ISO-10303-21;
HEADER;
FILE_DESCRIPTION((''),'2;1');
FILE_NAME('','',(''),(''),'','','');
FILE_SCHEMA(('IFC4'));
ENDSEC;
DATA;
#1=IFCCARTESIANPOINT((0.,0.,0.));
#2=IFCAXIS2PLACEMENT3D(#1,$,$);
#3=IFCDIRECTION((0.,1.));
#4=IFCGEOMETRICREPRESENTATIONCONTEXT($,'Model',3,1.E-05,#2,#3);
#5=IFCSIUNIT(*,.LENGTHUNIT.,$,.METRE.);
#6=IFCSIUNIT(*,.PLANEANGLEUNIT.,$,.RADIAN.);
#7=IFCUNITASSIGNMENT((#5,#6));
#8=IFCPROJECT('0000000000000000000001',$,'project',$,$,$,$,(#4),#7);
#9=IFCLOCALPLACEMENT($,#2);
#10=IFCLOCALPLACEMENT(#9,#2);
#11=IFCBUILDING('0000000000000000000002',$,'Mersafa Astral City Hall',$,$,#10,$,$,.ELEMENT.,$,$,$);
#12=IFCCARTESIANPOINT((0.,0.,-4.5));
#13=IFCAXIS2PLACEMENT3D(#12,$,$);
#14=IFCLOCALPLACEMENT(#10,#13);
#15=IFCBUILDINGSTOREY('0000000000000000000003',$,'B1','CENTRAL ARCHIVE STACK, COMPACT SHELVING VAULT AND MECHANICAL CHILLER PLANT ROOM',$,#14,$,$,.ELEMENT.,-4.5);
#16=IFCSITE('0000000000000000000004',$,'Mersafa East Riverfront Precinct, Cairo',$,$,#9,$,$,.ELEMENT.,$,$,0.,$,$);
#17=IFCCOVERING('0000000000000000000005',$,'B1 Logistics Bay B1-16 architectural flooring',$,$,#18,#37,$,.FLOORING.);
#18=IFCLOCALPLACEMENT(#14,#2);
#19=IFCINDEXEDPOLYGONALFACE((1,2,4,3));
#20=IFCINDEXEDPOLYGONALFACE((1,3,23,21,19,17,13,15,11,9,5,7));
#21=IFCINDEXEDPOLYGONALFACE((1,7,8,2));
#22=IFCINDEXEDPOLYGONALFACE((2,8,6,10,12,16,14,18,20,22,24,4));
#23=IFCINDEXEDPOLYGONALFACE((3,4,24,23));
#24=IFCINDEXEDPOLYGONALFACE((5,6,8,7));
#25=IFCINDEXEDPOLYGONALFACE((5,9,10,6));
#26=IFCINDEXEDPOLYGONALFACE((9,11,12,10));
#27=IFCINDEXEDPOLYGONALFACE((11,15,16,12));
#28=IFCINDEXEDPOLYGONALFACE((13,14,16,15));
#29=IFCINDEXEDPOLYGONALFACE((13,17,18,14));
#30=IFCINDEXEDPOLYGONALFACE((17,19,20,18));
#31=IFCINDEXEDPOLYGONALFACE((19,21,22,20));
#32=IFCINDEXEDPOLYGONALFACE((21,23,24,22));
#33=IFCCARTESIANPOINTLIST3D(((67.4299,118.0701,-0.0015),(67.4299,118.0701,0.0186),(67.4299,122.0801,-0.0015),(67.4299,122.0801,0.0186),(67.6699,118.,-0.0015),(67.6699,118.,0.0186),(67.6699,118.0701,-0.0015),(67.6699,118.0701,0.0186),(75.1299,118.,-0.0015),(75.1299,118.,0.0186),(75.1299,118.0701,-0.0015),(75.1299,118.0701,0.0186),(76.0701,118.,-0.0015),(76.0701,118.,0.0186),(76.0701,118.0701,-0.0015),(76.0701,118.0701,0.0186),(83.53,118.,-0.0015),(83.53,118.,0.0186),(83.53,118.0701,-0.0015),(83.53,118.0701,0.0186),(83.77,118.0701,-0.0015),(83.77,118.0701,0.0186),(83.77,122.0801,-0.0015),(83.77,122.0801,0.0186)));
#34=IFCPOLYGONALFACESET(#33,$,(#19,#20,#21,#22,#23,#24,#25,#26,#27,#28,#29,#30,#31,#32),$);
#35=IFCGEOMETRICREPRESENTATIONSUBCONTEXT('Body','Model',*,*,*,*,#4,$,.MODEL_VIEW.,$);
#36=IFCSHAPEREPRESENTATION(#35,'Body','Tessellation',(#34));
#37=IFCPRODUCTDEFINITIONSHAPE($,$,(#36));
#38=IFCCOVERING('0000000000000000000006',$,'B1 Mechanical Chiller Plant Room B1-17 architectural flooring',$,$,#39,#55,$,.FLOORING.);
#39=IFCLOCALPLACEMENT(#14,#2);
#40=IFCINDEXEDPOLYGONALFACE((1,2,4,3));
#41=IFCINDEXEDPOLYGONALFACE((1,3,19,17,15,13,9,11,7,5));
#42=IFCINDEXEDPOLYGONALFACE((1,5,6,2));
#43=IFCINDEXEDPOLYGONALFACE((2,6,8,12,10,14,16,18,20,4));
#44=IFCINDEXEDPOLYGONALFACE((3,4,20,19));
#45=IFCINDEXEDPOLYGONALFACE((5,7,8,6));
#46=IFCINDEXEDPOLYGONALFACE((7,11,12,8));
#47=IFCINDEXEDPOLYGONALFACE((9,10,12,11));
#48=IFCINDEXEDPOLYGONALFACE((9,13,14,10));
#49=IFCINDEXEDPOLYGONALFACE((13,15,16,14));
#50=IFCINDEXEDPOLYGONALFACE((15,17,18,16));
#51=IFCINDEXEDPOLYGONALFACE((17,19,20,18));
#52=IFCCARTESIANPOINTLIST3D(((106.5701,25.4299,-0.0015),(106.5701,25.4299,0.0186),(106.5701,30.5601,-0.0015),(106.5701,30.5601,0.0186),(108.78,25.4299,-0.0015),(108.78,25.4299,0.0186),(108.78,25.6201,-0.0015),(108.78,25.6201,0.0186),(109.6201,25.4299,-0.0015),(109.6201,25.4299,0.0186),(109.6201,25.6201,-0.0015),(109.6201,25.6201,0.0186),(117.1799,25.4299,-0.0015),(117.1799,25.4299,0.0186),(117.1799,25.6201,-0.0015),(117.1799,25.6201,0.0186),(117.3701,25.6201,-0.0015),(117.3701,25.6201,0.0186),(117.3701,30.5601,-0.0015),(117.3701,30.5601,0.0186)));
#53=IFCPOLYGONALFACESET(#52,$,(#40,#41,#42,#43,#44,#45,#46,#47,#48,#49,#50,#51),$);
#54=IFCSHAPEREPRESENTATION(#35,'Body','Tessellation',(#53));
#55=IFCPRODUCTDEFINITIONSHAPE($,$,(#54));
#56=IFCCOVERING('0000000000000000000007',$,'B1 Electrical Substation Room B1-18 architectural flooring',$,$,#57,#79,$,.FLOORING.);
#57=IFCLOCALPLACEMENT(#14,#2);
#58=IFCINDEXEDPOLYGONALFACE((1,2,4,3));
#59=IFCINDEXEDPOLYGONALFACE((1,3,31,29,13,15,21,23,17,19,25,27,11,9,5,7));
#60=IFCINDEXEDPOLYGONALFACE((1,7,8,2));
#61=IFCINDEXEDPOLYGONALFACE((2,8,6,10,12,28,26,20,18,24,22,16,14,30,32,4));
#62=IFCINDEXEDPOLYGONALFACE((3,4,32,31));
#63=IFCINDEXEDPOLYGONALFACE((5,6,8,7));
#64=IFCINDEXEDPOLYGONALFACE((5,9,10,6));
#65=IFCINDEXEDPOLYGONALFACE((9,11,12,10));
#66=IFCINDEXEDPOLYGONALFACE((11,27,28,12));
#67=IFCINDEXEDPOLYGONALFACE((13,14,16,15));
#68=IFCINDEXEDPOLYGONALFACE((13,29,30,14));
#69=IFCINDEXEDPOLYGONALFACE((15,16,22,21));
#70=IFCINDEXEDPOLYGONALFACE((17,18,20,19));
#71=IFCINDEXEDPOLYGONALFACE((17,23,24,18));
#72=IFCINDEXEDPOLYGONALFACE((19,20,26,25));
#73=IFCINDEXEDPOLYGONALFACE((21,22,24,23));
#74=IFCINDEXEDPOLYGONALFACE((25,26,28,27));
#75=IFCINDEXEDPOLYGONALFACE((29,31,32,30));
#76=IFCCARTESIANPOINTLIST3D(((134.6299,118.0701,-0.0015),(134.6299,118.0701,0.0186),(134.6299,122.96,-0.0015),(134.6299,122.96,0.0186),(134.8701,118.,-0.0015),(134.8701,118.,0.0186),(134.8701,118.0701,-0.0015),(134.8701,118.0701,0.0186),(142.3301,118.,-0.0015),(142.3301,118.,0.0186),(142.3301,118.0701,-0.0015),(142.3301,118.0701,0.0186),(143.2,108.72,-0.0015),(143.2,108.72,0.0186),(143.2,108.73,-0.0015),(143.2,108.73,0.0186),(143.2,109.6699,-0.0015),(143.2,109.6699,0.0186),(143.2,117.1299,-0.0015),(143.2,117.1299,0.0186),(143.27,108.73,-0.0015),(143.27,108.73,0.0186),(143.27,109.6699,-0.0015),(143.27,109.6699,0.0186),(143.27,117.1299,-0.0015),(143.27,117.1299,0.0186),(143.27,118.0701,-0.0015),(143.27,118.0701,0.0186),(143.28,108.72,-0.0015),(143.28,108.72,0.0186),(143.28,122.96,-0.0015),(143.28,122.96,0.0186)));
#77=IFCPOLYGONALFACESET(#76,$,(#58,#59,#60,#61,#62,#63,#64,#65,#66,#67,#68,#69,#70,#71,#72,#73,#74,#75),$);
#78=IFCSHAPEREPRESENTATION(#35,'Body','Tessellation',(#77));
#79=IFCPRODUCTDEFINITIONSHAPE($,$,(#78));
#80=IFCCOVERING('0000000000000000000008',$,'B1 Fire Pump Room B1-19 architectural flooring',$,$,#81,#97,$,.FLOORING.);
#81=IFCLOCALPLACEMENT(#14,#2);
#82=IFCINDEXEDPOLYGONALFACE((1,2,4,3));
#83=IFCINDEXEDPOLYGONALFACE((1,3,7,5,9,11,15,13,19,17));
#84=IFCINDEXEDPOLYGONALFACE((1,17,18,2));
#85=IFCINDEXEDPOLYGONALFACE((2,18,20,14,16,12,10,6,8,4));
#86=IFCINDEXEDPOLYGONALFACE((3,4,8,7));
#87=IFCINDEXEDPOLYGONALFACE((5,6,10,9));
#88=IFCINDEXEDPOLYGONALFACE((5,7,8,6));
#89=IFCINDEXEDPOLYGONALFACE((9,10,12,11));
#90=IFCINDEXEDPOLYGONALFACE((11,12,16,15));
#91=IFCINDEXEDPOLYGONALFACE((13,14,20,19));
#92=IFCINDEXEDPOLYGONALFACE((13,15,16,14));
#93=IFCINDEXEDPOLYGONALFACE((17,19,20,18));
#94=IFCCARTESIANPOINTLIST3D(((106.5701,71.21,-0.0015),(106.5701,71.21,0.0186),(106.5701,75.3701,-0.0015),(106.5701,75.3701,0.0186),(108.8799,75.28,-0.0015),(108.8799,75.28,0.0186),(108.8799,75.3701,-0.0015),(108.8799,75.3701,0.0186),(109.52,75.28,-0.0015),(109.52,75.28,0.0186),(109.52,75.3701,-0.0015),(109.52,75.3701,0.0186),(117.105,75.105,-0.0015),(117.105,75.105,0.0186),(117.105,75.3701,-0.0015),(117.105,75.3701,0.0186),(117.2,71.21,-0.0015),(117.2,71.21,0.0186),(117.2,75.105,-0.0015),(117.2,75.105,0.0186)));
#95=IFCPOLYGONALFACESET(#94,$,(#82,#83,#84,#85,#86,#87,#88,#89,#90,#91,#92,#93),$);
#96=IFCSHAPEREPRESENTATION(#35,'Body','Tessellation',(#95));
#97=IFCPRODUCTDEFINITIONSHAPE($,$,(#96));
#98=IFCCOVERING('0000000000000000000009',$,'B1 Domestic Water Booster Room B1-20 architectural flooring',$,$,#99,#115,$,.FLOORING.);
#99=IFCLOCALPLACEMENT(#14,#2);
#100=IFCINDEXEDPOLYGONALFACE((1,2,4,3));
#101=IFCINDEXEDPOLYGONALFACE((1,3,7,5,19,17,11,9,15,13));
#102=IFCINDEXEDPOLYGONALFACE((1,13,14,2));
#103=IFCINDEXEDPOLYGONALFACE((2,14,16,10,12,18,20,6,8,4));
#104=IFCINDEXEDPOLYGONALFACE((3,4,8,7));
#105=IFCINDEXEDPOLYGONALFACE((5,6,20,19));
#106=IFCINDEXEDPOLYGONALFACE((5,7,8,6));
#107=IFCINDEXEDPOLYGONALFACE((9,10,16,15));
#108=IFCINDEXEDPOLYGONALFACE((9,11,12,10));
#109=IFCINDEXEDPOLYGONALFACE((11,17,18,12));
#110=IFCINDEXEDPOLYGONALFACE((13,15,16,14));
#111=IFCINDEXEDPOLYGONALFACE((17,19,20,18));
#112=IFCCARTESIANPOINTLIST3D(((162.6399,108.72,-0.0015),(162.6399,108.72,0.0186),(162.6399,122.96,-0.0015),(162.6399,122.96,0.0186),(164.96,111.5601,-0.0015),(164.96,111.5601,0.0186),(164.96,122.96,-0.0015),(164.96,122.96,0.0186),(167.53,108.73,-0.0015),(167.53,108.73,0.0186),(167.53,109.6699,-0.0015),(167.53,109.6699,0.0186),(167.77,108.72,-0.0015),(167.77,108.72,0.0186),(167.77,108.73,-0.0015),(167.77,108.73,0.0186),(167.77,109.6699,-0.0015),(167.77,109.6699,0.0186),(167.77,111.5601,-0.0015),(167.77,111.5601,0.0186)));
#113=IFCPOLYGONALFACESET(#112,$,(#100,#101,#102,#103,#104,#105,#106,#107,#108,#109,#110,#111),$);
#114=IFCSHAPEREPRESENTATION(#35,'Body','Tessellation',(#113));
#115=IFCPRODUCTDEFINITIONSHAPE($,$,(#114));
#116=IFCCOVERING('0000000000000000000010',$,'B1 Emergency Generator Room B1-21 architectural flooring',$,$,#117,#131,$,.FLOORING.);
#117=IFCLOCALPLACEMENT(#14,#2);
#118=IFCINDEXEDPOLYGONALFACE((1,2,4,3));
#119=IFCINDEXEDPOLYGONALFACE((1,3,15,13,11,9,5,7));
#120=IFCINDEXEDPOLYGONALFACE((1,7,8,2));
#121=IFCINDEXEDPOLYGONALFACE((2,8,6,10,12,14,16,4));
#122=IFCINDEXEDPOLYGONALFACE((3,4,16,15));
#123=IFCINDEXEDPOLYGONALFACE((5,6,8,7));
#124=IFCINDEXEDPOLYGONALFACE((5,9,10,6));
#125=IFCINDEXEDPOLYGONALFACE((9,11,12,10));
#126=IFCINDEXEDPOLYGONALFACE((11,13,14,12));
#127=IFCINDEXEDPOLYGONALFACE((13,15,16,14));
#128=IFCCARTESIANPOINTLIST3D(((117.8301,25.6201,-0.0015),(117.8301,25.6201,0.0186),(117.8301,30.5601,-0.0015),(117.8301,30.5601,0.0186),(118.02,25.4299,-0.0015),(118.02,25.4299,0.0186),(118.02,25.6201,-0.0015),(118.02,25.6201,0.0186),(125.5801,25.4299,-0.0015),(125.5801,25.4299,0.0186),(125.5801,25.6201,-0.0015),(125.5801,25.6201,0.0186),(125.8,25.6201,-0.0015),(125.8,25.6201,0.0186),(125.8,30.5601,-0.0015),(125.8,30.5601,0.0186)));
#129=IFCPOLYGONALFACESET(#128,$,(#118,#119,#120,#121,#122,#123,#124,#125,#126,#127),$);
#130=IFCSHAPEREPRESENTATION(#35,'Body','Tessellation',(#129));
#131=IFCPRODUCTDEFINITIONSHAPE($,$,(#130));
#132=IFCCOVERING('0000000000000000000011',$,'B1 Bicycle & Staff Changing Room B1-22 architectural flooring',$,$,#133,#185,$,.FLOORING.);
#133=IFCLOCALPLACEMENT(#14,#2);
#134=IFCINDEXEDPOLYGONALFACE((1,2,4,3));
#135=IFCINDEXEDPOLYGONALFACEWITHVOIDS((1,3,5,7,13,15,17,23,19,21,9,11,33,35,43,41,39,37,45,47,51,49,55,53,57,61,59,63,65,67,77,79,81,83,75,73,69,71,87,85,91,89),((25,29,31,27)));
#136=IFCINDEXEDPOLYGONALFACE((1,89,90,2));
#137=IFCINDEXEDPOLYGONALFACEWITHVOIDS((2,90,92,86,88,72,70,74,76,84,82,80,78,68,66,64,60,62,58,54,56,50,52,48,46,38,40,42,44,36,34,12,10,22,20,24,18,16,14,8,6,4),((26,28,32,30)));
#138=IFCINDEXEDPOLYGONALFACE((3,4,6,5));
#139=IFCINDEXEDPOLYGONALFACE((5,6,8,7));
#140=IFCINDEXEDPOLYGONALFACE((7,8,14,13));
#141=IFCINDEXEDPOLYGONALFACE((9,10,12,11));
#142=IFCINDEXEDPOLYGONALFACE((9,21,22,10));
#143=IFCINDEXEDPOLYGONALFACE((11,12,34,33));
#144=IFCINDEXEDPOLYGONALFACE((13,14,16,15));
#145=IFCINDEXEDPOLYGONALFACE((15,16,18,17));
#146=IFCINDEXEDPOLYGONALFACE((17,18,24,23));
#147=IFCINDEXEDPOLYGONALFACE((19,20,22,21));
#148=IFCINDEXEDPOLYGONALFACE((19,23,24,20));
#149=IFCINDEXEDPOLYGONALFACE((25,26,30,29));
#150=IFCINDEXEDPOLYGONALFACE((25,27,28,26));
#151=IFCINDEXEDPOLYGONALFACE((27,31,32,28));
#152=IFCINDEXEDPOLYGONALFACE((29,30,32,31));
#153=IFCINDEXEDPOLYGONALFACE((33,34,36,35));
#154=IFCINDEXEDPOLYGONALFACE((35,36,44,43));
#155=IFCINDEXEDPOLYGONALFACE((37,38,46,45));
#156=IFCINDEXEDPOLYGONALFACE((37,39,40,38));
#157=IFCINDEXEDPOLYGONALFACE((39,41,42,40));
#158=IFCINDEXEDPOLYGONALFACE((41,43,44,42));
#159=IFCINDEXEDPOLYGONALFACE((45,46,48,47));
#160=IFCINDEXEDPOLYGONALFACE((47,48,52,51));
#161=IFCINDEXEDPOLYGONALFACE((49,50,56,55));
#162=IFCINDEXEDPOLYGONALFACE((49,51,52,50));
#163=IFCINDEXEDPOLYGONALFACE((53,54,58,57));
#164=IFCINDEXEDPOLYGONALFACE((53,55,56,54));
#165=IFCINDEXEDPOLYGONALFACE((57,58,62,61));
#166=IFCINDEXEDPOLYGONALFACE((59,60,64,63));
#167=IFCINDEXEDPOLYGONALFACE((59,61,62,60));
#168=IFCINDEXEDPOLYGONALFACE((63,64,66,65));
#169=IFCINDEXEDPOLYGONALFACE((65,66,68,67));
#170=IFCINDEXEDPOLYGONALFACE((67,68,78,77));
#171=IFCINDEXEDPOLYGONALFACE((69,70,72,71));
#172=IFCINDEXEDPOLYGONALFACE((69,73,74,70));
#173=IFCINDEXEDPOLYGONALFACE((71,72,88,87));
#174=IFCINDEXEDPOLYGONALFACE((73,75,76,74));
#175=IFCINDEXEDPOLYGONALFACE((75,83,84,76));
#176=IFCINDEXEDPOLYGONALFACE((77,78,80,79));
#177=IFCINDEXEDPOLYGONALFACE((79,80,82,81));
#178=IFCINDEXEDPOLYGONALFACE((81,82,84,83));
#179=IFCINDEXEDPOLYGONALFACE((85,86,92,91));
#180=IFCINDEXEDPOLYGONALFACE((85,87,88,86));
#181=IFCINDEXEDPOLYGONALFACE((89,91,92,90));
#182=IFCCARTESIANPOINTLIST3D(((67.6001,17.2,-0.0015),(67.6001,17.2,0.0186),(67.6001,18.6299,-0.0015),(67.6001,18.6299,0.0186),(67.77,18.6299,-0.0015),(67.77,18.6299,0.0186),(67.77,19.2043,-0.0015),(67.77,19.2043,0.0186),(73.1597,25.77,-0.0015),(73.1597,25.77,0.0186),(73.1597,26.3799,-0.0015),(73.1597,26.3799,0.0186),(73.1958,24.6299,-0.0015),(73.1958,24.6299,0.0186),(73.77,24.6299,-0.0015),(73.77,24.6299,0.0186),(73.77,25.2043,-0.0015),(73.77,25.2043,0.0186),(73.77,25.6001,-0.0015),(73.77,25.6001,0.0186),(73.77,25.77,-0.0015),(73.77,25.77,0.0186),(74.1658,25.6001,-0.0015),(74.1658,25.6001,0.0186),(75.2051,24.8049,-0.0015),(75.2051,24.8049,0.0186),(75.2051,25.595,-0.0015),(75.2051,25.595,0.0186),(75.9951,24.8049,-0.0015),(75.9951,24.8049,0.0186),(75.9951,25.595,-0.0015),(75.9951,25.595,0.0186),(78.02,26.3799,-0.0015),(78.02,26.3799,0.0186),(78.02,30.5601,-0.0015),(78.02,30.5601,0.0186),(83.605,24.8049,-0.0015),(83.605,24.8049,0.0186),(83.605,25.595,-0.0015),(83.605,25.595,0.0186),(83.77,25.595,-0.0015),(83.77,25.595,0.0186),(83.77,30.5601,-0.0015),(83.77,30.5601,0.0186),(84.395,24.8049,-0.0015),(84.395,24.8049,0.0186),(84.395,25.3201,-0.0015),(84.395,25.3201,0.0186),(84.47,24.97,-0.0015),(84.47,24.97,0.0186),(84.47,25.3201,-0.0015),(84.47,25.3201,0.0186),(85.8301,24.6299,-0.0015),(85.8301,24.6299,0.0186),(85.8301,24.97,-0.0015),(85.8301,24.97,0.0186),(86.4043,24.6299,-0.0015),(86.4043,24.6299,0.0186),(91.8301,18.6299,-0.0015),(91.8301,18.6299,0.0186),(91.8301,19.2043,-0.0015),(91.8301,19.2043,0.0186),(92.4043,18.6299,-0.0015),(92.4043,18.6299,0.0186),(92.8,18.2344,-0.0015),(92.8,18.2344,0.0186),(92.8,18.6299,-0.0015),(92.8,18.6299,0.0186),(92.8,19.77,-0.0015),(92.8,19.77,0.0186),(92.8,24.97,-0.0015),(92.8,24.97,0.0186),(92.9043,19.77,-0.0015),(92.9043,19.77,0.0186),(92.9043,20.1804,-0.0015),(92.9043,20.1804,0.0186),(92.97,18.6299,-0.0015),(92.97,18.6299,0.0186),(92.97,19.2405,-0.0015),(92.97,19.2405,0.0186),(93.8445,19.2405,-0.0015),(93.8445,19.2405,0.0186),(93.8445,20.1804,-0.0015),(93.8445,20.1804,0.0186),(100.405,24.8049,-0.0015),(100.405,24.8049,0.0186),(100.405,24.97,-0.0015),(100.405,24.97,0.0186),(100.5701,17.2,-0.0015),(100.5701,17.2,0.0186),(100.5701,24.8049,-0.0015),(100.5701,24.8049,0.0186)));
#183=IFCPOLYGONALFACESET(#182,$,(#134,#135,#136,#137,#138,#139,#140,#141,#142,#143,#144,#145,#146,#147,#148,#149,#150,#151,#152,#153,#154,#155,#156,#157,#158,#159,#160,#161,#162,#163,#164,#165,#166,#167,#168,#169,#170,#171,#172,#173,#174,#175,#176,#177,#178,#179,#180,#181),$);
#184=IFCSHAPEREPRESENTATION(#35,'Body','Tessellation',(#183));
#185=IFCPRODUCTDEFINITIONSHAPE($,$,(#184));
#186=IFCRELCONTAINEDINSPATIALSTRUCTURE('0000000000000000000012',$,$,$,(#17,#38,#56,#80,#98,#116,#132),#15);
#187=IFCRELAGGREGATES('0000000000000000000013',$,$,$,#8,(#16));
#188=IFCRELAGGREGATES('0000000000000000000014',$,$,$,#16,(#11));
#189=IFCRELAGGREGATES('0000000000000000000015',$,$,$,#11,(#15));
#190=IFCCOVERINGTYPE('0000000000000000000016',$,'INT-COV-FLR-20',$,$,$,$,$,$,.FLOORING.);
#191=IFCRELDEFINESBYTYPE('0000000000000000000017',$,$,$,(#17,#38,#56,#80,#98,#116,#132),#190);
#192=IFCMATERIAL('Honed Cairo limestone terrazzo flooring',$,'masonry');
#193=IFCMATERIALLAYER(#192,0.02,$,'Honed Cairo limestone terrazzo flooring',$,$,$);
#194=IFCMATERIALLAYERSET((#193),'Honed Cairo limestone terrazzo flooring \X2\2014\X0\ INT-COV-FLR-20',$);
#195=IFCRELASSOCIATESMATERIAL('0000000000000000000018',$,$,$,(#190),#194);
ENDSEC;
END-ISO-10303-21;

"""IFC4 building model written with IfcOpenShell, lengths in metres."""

from ifc_helpers import new_model, si_unit, direction, frame, origin, place, context, subcontext, project, spatial, polyline, outline, extrude, material, layer, layer_set, type_object, element, save


model = new_model("IFC4")

# Units and contexts
model_context = context("Model", 3, precision=1e-05, world=origin(), true_north=direction((0.0, 1.0)))
body_context = subcontext(model_context, "Body", "Model", "MODEL_VIEW")
ifc_project = project(units=[si_unit("LENGTHUNIT", "METRE"), si_unit("PLANEANGLEUNIT", "RADIAN")], contexts=[model_context])

# Site, building, storey
site_placement = place(None, origin())
site = spatial("IfcSite", under=ifc_project, at=site_placement, Name="Mersafa East Riverfront Precinct, Cairo", CompositionType="ELEMENT", RefElevation=0.0)
building_placement = place(site_placement, origin())
building = spatial("IfcBuilding", under=site, at=building_placement, Name="Mersafa Astral City Hall", CompositionType="ELEMENT")
storey_placement = place(building_placement, frame((0.0, 0.0, -4.5)))
storey = spatial("IfcBuildingStorey", under=building, at=storey_placement, Name="B1", Description="CENTRAL ARCHIVE STACK, COMPACT SHELVING VAULT AND MECHANICAL CHILLER PLANT ROOM", CompositionType="ELEMENT", Elevation=-4.5)

# Coverings
ifc_material_1 = material(Name="Honed Cairo limestone terrazzo flooring", Category="masonry")
ifc_layer_1 = layer(ifc_material_1, 0.02, Name="Honed Cairo limestone terrazzo flooring")
ifc_layer_set_1 = layer_set([ifc_layer_1], Name="Honed Cairo limestone terrazzo flooring — INT-COV-FLR-20")
covering_type_1 = type_object("IfcCoveringType", Name="INT-COV-FLR-20", PredefinedType="FLOORING", material=ifc_layer_set_1)
covering_1_placement = place(storey_placement, frame((0.0, 0.0, -0.0015)))
element("IfcCovering", 1, at=covering_1_placement, inside=storey, type_object=covering_type_1, Name="B1 Logistics Bay B1-16 architectural flooring", PredefinedType="FLOORING", context=body_context, shape_type="SweptSolid", body=[
    extrude(outline(polyline([(83.77, 122.0801), (83.77, 118.0701), (83.53, 118.0701), (83.53, 118.0), (76.0701, 118.0), (76.0701, 118.0701), (75.1299, 118.0701), (75.1299, 118.0), (67.6699, 118.0), (67.6699, 118.0701), (67.4299, 118.0701), (67.4299, 122.0801), (83.77, 122.0801)])), origin(), (0.0, 0.0, 1.0), 0.02),
])
covering_2_placement = place(storey_placement, frame((0.0, 0.0, -0.0015)))
element("IfcCovering", 2, at=covering_2_placement, inside=storey, type_object=covering_type_1, Name="B1 Mechanical Chiller Plant Room B1-17 architectural flooring", PredefinedType="FLOORING", context=body_context, shape_type="SweptSolid", body=[
    extrude(outline(polyline([(117.3701, 25.6201), (117.1799, 25.6201), (117.1799, 25.4299), (109.6201, 25.4299), (109.6201, 25.6201), (108.78, 25.6201), (108.78, 25.4299), (106.5701, 25.4299), (106.5701, 30.5601), (117.3701, 30.5601), (117.3701, 25.6201)])), origin(), (0.0, 0.0, 1.0), 0.02),
])
covering_3_placement = place(storey_placement, frame((0.0, 0.0, -0.0015)))
element("IfcCovering", 3, at=covering_3_placement, inside=storey, type_object=covering_type_1, Name="B1 Electrical Substation Room B1-18 architectural flooring", PredefinedType="FLOORING", context=body_context, shape_type="SweptSolid", body=[
    extrude(outline(polyline([(143.28, 122.96), (143.28, 108.72), (143.2, 108.72), (143.2, 108.73), (143.27, 108.73), (143.27, 109.6699), (143.2, 109.6699), (143.2, 117.1299), (143.27, 117.1299), (143.27, 118.0701), (142.3301, 118.0701), (142.3301, 118.0), (134.8701, 118.0), (134.8701, 118.0701), (134.6299, 118.0701), (134.6299, 122.96), (143.28, 122.96)])), origin(), (0.0, 0.0, 1.0), 0.02),
])
covering_4_placement = place(storey_placement, frame((0.0, 0.0, -0.0015)))
element("IfcCovering", 4, at=covering_4_placement, inside=storey, type_object=covering_type_1, Name="B1 Fire Pump Room B1-19 architectural flooring", PredefinedType="FLOORING", context=body_context, shape_type="SweptSolid", body=[
    extrude(outline(polyline([(106.5701, 75.3701), (108.8799, 75.3701), (108.8799, 75.28), (109.52, 75.28), (109.52, 75.3701), (117.105, 75.3701), (117.105, 75.105), (117.2, 75.105), (117.2, 71.21), (106.5701, 71.21), (106.5701, 75.3701)])), origin(), (0.0, 0.0, 1.0), 0.02),
])
covering_5_placement = place(storey_placement, frame((0.0, 0.0, -0.0015)))
element("IfcCovering", 5, at=covering_5_placement, inside=storey, type_object=covering_type_1, Name="B1 Domestic Water Booster Room B1-20 architectural flooring", PredefinedType="FLOORING", context=body_context, shape_type="SweptSolid", body=[
    extrude(outline(polyline([(164.96, 122.96), (164.96, 111.5601), (167.77, 111.5601), (167.77, 109.6699), (167.53, 109.6699), (167.53, 108.73), (167.77, 108.73), (167.77, 108.72), (162.6399, 108.72), (162.6399, 122.96), (164.96, 122.96)])), origin(), (0.0, 0.0, 1.0), 0.02),
])
covering_6_placement = place(storey_placement, frame((0.0, 0.0, -0.0015)))
element("IfcCovering", 6, at=covering_6_placement, inside=storey, type_object=covering_type_1, Name="B1 Emergency Generator Room B1-21 architectural flooring", PredefinedType="FLOORING", context=body_context, shape_type="SweptSolid", body=[
    extrude(outline(polyline([(125.5801, 25.6201), (125.5801, 25.4299), (118.02, 25.4299), (118.02, 25.6201), (117.8301, 25.6201), (117.8301, 30.5601), (125.8, 30.5601), (125.8, 25.6201), (125.5801, 25.6201)])), origin(), (0.0, 0.0, 1.0), 0.02),
])
covering_7_placement = place(storey_placement, frame((0.0, 0.0, -0.0015)))
element("IfcCovering", 7, at=covering_7_placement, inside=storey, type_object=covering_type_1, Name="B1 Bicycle & Staff Changing Room B1-22 architectural flooring", PredefinedType="FLOORING", context=body_context, shape_type="SweptSolid", body=[
    extrude(outline(polyline([(73.1597, 26.3799), (78.02, 26.3799), (78.02, 30.5601), (83.77, 30.5601), (83.77, 25.595), (83.605, 25.595), (83.605, 24.8049), (84.395, 24.8049), (84.395, 25.3201), (84.47, 25.3201), (84.47, 24.97), (85.8301, 24.97), (85.8301, 24.6299), (86.4043, 24.6299), (91.8301, 19.2043), (91.8301, 18.6299), (92.4043, 18.6299), (92.8, 18.2344), (92.8, 18.6299), (92.97, 18.6299), (92.97, 19.2405), (93.8445, 19.2405), (93.8445, 20.1804), (92.9043, 20.1804), (92.9043, 19.77), (92.8, 19.77), (92.8, 24.97), (100.405, 24.97), (100.405, 24.8049), (100.5701, 24.8049), (100.5701, 17.2), (67.6001, 17.2), (67.6001, 18.6299), (67.77, 18.6299), (67.77, 19.2043), (73.1958, 24.6299), (73.77, 24.6299), (73.77, 25.2043), (74.1658, 25.6001), (73.77, 25.6001), (73.77, 25.77), (73.1597, 25.77), (73.1597, 26.3799)]), holes=[polyline([(75.2051, 24.8049), (75.9951, 24.8049), (75.9951, 25.595), (75.2051, 25.595), (75.2051, 24.8049)])]), origin(), (0.0, 0.0, 1.0), 0.02),
])

save(model, "model.ifc")
